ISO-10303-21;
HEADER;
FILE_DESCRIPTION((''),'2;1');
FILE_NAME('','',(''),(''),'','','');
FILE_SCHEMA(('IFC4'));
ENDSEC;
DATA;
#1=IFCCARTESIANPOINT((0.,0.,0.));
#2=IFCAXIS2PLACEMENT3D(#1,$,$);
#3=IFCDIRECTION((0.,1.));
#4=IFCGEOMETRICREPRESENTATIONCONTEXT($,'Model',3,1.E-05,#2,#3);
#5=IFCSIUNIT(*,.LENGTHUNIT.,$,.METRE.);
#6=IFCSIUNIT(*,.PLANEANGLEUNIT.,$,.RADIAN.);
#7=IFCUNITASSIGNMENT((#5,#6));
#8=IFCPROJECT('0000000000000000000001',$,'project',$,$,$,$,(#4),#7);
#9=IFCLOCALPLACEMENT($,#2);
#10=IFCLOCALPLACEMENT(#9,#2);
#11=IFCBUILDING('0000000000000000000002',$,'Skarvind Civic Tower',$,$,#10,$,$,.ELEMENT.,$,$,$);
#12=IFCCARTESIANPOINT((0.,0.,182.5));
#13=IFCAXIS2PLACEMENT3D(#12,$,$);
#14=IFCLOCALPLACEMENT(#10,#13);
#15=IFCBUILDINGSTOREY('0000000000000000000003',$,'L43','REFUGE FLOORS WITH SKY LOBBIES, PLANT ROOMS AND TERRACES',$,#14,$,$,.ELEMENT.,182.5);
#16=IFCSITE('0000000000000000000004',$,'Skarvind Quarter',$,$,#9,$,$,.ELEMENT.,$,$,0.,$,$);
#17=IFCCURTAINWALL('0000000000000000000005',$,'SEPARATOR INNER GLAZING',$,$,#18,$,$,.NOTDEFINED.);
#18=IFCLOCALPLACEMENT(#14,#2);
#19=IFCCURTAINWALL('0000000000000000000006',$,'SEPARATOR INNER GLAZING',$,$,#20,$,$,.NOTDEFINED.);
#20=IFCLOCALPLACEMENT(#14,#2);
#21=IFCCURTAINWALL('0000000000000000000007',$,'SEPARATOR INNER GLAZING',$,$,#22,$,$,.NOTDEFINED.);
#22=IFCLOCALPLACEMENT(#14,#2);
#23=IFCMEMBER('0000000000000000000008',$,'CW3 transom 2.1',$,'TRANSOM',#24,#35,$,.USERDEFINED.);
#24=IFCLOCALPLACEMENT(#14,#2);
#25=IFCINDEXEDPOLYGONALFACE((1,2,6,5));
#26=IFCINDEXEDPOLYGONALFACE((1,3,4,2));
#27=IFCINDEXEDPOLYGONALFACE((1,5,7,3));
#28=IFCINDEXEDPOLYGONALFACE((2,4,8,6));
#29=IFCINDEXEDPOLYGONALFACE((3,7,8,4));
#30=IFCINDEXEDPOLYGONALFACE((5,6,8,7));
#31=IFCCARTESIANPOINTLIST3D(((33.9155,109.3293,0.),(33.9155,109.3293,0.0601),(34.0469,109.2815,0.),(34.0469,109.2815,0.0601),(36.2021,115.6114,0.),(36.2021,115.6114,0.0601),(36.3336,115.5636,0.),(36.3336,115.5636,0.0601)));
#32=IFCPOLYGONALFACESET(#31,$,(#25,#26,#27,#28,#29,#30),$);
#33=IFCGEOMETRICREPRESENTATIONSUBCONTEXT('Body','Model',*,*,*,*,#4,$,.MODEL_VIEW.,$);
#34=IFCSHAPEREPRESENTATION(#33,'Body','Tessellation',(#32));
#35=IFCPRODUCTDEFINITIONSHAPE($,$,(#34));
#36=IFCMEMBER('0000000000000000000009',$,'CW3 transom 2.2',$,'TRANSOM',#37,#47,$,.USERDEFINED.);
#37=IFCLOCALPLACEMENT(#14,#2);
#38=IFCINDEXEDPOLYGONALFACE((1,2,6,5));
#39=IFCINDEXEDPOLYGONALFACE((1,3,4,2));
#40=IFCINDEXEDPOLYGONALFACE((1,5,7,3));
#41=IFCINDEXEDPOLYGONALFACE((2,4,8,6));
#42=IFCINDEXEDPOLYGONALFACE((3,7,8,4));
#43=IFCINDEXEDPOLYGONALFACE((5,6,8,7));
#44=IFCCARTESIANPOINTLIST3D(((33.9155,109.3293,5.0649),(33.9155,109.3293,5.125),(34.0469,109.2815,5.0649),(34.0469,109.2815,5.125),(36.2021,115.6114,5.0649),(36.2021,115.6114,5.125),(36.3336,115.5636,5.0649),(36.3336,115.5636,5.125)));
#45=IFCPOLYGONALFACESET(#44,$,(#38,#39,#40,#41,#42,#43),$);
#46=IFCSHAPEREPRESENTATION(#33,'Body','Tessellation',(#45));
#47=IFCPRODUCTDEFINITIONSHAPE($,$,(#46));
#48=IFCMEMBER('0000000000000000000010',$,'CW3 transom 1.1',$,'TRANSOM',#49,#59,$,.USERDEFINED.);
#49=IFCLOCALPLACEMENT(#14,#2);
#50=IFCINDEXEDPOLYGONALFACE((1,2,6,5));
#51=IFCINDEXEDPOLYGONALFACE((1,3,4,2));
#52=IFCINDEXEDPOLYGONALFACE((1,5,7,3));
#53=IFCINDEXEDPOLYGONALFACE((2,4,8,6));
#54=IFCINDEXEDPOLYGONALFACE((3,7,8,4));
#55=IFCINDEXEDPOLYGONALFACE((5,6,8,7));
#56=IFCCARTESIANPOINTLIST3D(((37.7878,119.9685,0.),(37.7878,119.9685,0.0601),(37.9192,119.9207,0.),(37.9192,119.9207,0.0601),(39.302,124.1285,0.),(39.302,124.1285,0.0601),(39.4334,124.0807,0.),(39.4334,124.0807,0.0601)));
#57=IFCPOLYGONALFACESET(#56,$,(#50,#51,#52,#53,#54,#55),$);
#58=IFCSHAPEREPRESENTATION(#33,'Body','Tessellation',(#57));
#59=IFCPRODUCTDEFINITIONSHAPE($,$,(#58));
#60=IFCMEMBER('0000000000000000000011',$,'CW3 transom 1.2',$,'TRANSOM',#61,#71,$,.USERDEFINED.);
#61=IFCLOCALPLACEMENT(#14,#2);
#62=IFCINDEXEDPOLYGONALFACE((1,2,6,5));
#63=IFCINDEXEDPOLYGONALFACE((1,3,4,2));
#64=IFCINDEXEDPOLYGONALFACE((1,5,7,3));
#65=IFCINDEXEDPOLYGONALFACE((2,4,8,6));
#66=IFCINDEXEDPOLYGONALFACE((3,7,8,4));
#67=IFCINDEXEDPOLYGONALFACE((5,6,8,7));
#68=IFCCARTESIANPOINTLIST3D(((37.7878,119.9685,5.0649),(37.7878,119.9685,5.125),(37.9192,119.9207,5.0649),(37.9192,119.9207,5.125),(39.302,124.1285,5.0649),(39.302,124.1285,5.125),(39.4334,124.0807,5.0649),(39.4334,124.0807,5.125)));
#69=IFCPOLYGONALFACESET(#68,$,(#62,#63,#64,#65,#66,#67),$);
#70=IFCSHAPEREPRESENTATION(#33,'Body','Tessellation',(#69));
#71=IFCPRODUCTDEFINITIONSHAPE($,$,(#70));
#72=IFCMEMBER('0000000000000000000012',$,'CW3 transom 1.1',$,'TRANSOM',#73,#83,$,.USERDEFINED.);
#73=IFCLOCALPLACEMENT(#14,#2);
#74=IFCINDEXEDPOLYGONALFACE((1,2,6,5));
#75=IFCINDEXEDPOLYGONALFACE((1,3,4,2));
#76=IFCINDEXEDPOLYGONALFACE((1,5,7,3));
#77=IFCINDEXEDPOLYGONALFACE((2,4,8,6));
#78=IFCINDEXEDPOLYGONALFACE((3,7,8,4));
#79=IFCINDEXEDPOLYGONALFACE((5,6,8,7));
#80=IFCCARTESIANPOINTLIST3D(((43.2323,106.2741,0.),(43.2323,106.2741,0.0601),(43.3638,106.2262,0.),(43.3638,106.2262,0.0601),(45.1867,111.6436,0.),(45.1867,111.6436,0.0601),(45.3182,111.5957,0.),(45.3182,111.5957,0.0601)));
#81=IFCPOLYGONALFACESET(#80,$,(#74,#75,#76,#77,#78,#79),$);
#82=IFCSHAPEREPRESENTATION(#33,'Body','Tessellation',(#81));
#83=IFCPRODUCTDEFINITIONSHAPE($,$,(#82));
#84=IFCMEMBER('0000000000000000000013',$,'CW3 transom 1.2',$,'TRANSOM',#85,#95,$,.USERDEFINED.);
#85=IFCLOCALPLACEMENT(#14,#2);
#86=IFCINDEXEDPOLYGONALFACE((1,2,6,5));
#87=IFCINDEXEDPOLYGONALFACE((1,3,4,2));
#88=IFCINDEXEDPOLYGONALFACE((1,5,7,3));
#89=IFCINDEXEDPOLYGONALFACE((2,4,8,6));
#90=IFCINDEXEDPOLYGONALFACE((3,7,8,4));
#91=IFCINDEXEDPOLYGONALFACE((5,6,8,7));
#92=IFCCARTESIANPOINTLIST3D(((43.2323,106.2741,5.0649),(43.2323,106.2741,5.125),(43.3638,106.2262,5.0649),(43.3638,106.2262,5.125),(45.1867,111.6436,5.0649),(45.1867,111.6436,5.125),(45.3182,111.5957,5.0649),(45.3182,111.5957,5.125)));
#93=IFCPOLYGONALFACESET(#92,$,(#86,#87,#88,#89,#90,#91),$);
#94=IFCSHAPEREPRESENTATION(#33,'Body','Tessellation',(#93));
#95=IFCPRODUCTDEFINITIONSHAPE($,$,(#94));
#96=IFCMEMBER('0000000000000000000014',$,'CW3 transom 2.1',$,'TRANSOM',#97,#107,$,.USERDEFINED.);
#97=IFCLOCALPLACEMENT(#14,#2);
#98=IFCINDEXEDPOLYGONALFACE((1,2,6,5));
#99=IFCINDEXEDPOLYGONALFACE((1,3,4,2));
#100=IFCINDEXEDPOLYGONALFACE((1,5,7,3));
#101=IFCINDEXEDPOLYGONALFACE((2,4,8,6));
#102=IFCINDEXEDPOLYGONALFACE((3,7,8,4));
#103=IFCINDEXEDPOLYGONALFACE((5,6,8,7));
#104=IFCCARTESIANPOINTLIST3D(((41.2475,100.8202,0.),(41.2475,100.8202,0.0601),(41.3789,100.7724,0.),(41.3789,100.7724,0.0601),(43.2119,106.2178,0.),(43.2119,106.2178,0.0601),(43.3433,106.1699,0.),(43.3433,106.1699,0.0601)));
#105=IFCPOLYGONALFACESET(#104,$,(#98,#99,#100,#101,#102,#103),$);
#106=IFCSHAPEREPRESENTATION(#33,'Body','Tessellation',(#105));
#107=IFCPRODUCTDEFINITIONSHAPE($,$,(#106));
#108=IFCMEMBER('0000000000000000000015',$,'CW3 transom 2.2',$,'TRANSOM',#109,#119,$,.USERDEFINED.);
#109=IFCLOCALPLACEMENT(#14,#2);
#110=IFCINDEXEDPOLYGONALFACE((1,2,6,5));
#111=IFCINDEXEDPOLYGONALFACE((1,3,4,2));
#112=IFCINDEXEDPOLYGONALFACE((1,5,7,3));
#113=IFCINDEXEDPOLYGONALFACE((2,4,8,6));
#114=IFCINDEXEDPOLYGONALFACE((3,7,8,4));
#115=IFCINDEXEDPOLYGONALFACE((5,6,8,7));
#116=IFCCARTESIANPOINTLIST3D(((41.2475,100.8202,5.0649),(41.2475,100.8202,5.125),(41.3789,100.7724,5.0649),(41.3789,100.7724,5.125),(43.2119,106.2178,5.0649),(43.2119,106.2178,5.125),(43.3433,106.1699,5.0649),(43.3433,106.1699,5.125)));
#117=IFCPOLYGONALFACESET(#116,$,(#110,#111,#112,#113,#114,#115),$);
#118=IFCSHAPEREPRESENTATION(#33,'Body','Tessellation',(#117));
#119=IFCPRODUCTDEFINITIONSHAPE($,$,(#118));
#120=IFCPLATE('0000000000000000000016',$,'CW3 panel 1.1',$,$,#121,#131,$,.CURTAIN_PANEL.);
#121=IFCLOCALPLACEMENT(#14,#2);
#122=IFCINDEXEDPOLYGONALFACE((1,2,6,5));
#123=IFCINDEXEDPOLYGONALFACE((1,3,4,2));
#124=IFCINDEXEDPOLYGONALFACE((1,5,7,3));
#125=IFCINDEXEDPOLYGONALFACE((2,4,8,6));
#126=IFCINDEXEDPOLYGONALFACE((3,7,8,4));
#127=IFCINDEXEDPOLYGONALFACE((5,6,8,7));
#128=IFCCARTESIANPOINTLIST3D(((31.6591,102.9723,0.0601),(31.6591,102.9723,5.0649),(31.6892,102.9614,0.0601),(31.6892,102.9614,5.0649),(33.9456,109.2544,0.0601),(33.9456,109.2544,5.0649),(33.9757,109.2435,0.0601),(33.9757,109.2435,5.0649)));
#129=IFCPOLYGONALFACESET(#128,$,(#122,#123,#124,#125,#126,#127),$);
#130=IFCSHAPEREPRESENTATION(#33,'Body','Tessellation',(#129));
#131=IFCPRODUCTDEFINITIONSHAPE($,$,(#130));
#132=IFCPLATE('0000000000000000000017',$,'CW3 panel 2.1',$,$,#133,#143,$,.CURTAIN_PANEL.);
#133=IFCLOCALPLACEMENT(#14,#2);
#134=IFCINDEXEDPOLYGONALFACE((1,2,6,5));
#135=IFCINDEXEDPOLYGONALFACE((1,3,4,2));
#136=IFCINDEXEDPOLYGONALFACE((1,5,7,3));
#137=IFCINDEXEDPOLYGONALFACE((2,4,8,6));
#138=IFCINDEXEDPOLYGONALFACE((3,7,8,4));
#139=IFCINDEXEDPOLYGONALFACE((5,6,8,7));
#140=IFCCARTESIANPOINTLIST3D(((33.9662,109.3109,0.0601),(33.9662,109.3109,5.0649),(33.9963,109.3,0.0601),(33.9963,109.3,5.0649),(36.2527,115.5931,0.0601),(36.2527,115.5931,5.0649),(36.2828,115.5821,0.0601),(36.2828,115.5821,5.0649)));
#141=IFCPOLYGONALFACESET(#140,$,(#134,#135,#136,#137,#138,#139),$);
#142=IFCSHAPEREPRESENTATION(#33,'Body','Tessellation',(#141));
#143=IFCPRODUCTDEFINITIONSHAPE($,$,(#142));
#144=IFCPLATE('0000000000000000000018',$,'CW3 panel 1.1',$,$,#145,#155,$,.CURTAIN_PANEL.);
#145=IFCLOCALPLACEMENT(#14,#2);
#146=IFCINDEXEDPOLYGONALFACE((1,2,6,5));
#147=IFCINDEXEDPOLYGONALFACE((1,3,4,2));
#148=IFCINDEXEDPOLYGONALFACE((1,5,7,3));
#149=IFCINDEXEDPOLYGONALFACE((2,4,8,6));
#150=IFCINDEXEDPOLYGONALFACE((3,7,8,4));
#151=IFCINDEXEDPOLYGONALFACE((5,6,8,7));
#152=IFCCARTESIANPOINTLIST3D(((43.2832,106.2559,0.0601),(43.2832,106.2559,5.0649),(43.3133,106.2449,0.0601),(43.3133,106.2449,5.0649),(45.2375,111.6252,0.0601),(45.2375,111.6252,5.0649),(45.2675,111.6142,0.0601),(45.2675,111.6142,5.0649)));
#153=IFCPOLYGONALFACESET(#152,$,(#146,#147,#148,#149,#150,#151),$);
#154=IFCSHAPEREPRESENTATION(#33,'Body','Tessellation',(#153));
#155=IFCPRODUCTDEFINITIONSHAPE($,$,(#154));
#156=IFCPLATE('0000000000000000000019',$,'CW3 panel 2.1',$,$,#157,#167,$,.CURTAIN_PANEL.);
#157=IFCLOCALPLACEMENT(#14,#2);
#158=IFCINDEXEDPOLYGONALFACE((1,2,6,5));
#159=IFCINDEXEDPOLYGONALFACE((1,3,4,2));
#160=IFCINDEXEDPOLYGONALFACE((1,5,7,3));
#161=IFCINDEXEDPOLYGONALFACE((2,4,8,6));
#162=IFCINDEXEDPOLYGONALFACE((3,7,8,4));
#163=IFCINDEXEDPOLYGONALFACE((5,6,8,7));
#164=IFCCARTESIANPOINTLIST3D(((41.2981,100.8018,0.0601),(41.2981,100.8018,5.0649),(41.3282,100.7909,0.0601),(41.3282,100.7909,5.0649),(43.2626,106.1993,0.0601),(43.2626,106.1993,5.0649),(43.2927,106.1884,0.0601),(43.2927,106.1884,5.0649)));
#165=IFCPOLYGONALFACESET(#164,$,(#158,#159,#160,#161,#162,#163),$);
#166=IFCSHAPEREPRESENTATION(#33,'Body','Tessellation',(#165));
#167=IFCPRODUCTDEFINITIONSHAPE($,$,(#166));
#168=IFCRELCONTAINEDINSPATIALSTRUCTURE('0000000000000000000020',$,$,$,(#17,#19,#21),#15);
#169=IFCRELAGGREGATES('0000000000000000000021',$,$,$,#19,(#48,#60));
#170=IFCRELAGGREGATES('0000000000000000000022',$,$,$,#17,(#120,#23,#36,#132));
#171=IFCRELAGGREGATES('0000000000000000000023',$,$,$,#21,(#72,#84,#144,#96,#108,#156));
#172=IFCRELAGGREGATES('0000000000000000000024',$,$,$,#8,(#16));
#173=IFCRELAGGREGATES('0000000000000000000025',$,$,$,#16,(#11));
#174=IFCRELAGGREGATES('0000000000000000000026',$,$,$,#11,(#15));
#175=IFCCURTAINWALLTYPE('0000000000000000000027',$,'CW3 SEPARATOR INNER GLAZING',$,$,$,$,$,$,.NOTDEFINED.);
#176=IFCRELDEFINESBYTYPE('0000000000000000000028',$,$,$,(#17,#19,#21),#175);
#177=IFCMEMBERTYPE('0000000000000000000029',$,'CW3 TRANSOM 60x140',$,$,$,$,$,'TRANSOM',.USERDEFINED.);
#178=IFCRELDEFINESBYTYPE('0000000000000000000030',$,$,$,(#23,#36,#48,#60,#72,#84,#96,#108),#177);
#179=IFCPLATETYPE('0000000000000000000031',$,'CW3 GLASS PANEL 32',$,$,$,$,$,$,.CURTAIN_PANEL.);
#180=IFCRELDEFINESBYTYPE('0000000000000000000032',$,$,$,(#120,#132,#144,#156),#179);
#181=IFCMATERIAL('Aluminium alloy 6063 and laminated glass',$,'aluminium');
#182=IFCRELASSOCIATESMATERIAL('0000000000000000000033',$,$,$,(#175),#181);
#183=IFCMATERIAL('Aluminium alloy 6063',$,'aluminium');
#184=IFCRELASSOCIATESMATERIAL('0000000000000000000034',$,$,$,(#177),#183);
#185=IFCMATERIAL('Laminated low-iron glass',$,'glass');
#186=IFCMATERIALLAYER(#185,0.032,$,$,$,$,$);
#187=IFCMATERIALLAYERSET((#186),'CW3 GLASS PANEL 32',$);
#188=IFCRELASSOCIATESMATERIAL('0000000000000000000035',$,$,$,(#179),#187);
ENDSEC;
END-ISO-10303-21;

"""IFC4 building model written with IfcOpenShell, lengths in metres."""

from ifc_helpers import new_model, si_unit, direction, frame, origin, origin_2d, place, context, subcontext, project, spatial, rectangle, extrude, material, layer, layer_set, material_profile, profile_set, type_object, element, aggregate, save


model = new_model("IFC4")

# Units and contexts
model_context = context("Model", 3, precision=1e-05, world=origin(), true_north=direction((0.0, 1.0)))
body_context = subcontext(model_context, "Body", "Model", "MODEL_VIEW")
ifc_project = project(units=[si_unit("LENGTHUNIT", "METRE"), si_unit("PLANEANGLEUNIT", "RADIAN")], contexts=[model_context])

# Site, building, storey
site_placement = place(None, origin())
site = spatial("IfcSite", under=ifc_project, at=site_placement, Name="Skarvind Quarter", CompositionType="ELEMENT", RefElevation=0.0)
building_placement = place(site_placement, origin())
building = spatial("IfcBuilding", under=site, at=building_placement, Name="Skarvind Civic Tower", CompositionType="ELEMENT")
storey_placement = place(building_placement, frame((0.0, 0.0, 182.5)))
storey = spatial("IfcBuildingStorey", under=building, at=storey_placement, Name="L43", Description="REFUGE FLOORS WITH SKY LOBBIES, PLANT ROOMS AND TERRACES", CompositionType="ELEMENT", Elevation=182.5)

# Curtain wall
ifc_material_1 = material(Name="Aluminium alloy 6063 and laminated glass", Category="aluminium")
curtain_wall_type = type_object("IfcCurtainWallType", Name="CW3 SEPARATOR INNER GLAZING", PredefinedType="NOTDEFINED", material=ifc_material_1)
curtain_wall_1_placement = place(storey_placement, origin())
curtain_wall_1 = element("IfcCurtainWall", 1, at=curtain_wall_1_placement, inside=storey, type_object=curtain_wall_type, Name="SEPARATOR INNER GLAZING", PredefinedType="NOTDEFINED")
ifc_material_2 = material(Name="Aluminium alloy 6063", Category="aluminium")

# Curtain wall
curtain_wall_2_placement = place(storey_placement, origin())
curtain_wall_2 = element("IfcCurtainWall", 2, at=curtain_wall_2_placement, inside=storey, type_object=curtain_wall_type, Name="SEPARATOR INNER GLAZING", PredefinedType="NOTDEFINED")

# Curtain wall
curtain_wall_3_placement = place(storey_placement, origin())
curtain_wall_3 = element("IfcCurtainWall", 3, at=curtain_wall_3_placement, inside=storey, type_object=curtain_wall_type, Name="SEPARATOR INNER GLAZING", PredefinedType="NOTDEFINED")

# Members
ifc_material_profile_1 = material_profile(ifc_material_2, rectangle(XDim=0.1399, YDim=0.0601, at=origin_2d()), Name="AL 60x140")
ifc_profile_set_1 = profile_set([ifc_material_profile_1], Name="Aluminium alloy 6063")
member_type_1 = type_object("IfcMemberType", Name="CW3 TRANSOM 60x140", ElementType="TRANSOM", PredefinedType="USERDEFINED", material=ifc_profile_set_1)
member_1_placement = place(storey_placement, frame((33.9812, 109.3054, 0.03), z_axis=(0.342042, 0.939685, 0.0), x_axis=(-0.939685, 0.342042, 0.0)))
member_1 = element("IfcMember", 4, at=member_1_placement, type_object=member_type_1, Name="CW3 transom 2.1", ObjectType="TRANSOM", PredefinedType="USERDEFINED", context=body_context, shape_type="SweptSolid", body=[
    extrude(rectangle(XDim=0.1399, YDim=0.0601, at=origin_2d()), origin(), (0.0, 0.0, 1.0), 6.6853),
])
member_2_placement = place(storey_placement, frame((33.9812, 109.3054, 5.095), z_axis=(0.342042, 0.939685, 0.0), x_axis=(-0.939685, 0.342042, 0.0)))
member_2 = element("IfcMember", 5, at=member_2_placement, type_object=member_type_1, Name="CW3 transom 2.2", ObjectType="TRANSOM", PredefinedType="USERDEFINED", context=body_context, shape_type="SweptSolid", body=[
    extrude(rectangle(XDim=0.1399, YDim=0.0601, at=origin_2d()), origin(), (0.0, 0.0, 1.0), 6.6853),
])
member_3_placement = place(storey_placement, frame((37.8535, 119.9446, 0.03), z_axis=(0.342035, 0.939687, 0.0), x_axis=(-0.939687, 0.342035, 0.0)))
member_3 = element("IfcMember", 6, at=member_3_placement, type_object=member_type_1, Name="CW3 transom 1.1", ObjectType="TRANSOM", PredefinedType="USERDEFINED", context=body_context, shape_type="SweptSolid", body=[
    extrude(rectangle(XDim=0.1399, YDim=0.0601, at=origin_2d()), origin(), (0.0, 0.0, 1.0), 4.427),
])
member_4_placement = place(storey_placement, frame((37.8535, 119.9446, 5.095), z_axis=(0.342035, 0.939687, 0.0), x_axis=(-0.939687, 0.342035, 0.0)))
member_4 = element("IfcMember", 7, at=member_4_placement, type_object=member_type_1, Name="CW3 transom 1.2", ObjectType="TRANSOM", PredefinedType="USERDEFINED", context=body_context, shape_type="SweptSolid", body=[
    extrude(rectangle(XDim=0.1399, YDim=0.0601, at=origin_2d()), origin(), (0.0, 0.0, 1.0), 4.427),
])
aggregate(curtain_wall_2, [member_3, member_4])
member_5_placement = place(storey_placement, frame((45.2524, 111.6196, 0.03), z_axis=(-0.342028, -0.93969, 0.0), x_axis=(0.93969, -0.342028, 0.0)))
member_5 = element("IfcMember", 8, at=member_5_placement, type_object=member_type_1, Name="CW3 transom 1.1", ObjectType="TRANSOM", PredefinedType="USERDEFINED", context=body_context, shape_type="SweptSolid", body=[
    extrude(rectangle(XDim=0.1399, YDim=0.0601, at=origin_2d()), origin(), (0.0, 0.0, 1.0), 5.7141),
])
member_6_placement = place(storey_placement, frame((45.2524, 111.6196, 5.095), z_axis=(-0.342028, -0.93969, 0.0), x_axis=(0.93969, -0.342028, 0.0)))
member_6 = element("IfcMember", 9, at=member_6_placement, type_object=member_type_1, Name="CW3 transom 1.2", ObjectType="TRANSOM", PredefinedType="USERDEFINED", context=body_context, shape_type="SweptSolid", body=[
    extrude(rectangle(XDim=0.1399, YDim=0.0601, at=origin_2d()), origin(), (0.0, 0.0, 1.0), 5.7141),
])
member_7_placement = place(storey_placement, frame((43.2776, 106.1938, 0.03), z_axis=(-0.341996, -0.939702, 0.0), x_axis=(0.939702, -0.341996, 0.0)))
member_7 = element("IfcMember", 10, at=member_7_placement, type_object=member_type_1, Name="CW3 transom 2.1", ObjectType="TRANSOM", PredefinedType="USERDEFINED", context=body_context, shape_type="SweptSolid", body=[
    extrude(rectangle(XDim=0.1399, YDim=0.0601, at=origin_2d()), origin(), (0.0, 0.0, 1.0), 5.7439),
])
member_8_placement = place(storey_placement, frame((43.2776, 106.1938, 5.095), z_axis=(-0.341996, -0.939702, 0.0), x_axis=(0.939702, -0.341996, 0.0)))
member_8 = element("IfcMember", 11, at=member_8_placement, type_object=member_type_1, Name="CW3 transom 2.2", ObjectType="TRANSOM", PredefinedType="USERDEFINED", context=body_context, shape_type="SweptSolid", body=[
    extrude(rectangle(XDim=0.1399, YDim=0.0601, at=origin_2d()), origin(), (0.0, 0.0, 1.0), 5.7439),
])

# Plates
ifc_material_3 = material(Name="Laminated low-iron glass", Category="glass")
ifc_layer_1 = layer(ifc_material_3, 0.032)
ifc_layer_set_1 = layer_set([ifc_layer_1], Name="CW3 GLASS PANEL 32")
plate_type = type_object("IfcPlateType", Name="CW3 GLASS PANEL 32", PredefinedType="CURTAIN_PANEL", material=ifc_layer_set_1)
plate_1_placement = place(storey_placement, frame((32.8174, 106.1079, 0.0601), z_axis=(0.0, 0.0, 1.0), x_axis=(0.342022, 0.939692, 0.0)))
plate_1 = element("IfcPlate", 12, at=plate_1_placement, type_object=plate_type, Name="CW3 panel 1.1", PredefinedType="CURTAIN_PANEL", context=body_context, shape_type="SweptSolid", body=[
    extrude(rectangle(XDim=6.6853, YDim=0.032, at=origin_2d()), origin(), (0.0, 0.0, 1.0), 5.0049),
])
plate_2_placement = place(storey_placement, frame((35.1245, 112.4465, 0.0601), z_axis=(0.0, 0.0, 1.0), x_axis=(0.342022, 0.939692, 0.0)))
plate_2 = element("IfcPlate", 13, at=plate_2_placement, type_object=plate_type, Name="CW3 panel 2.1", PredefinedType="CURTAIN_PANEL", context=body_context, shape_type="SweptSolid", body=[
    extrude(rectangle(XDim=6.6853, YDim=0.032, at=origin_2d()), origin(), (0.0, 0.0, 1.0), 5.0049),
])
aggregate(curtain_wall_1, [plate_1, member_1, member_2, plate_2])
plate_3_placement = place(storey_placement, frame((44.2754, 108.9351, 0.0601), z_axis=(0.0, 0.0, 1.0), x_axis=(-0.342018, -0.939693, 0.0)))
plate_3 = element("IfcPlate", 14, at=plate_3_placement, type_object=plate_type, Name="CW3 panel 1.1", PredefinedType="CURTAIN_PANEL", context=body_context, shape_type="SweptSolid", body=[
    extrude(rectangle(XDim=5.7139, YDim=0.032, at=origin_2d()), origin(), (0.0, 0.0, 1.0), 5.0049),
])
plate_4_placement = place(storey_placement, frame((42.2954, 103.4951, 0.0601), z_axis=(0.0, 0.0, 1.0), x_axis=(-0.342018, -0.939693, 0.0)))
plate_4 = element("IfcPlate", 15, at=plate_4_placement, type_object=plate_type, Name="CW3 panel 2.1", PredefinedType="CURTAIN_PANEL", context=body_context, shape_type="SweptSolid", body=[
    extrude(rectangle(XDim=5.7439, YDim=0.032, at=origin_2d()), origin(), (0.0, 0.0, 1.0), 5.0049),
])
aggregate(curtain_wall_3, [member_5, member_6, plate_3, member_7, member_8, plate_4])

save(model, "model.ifc")
